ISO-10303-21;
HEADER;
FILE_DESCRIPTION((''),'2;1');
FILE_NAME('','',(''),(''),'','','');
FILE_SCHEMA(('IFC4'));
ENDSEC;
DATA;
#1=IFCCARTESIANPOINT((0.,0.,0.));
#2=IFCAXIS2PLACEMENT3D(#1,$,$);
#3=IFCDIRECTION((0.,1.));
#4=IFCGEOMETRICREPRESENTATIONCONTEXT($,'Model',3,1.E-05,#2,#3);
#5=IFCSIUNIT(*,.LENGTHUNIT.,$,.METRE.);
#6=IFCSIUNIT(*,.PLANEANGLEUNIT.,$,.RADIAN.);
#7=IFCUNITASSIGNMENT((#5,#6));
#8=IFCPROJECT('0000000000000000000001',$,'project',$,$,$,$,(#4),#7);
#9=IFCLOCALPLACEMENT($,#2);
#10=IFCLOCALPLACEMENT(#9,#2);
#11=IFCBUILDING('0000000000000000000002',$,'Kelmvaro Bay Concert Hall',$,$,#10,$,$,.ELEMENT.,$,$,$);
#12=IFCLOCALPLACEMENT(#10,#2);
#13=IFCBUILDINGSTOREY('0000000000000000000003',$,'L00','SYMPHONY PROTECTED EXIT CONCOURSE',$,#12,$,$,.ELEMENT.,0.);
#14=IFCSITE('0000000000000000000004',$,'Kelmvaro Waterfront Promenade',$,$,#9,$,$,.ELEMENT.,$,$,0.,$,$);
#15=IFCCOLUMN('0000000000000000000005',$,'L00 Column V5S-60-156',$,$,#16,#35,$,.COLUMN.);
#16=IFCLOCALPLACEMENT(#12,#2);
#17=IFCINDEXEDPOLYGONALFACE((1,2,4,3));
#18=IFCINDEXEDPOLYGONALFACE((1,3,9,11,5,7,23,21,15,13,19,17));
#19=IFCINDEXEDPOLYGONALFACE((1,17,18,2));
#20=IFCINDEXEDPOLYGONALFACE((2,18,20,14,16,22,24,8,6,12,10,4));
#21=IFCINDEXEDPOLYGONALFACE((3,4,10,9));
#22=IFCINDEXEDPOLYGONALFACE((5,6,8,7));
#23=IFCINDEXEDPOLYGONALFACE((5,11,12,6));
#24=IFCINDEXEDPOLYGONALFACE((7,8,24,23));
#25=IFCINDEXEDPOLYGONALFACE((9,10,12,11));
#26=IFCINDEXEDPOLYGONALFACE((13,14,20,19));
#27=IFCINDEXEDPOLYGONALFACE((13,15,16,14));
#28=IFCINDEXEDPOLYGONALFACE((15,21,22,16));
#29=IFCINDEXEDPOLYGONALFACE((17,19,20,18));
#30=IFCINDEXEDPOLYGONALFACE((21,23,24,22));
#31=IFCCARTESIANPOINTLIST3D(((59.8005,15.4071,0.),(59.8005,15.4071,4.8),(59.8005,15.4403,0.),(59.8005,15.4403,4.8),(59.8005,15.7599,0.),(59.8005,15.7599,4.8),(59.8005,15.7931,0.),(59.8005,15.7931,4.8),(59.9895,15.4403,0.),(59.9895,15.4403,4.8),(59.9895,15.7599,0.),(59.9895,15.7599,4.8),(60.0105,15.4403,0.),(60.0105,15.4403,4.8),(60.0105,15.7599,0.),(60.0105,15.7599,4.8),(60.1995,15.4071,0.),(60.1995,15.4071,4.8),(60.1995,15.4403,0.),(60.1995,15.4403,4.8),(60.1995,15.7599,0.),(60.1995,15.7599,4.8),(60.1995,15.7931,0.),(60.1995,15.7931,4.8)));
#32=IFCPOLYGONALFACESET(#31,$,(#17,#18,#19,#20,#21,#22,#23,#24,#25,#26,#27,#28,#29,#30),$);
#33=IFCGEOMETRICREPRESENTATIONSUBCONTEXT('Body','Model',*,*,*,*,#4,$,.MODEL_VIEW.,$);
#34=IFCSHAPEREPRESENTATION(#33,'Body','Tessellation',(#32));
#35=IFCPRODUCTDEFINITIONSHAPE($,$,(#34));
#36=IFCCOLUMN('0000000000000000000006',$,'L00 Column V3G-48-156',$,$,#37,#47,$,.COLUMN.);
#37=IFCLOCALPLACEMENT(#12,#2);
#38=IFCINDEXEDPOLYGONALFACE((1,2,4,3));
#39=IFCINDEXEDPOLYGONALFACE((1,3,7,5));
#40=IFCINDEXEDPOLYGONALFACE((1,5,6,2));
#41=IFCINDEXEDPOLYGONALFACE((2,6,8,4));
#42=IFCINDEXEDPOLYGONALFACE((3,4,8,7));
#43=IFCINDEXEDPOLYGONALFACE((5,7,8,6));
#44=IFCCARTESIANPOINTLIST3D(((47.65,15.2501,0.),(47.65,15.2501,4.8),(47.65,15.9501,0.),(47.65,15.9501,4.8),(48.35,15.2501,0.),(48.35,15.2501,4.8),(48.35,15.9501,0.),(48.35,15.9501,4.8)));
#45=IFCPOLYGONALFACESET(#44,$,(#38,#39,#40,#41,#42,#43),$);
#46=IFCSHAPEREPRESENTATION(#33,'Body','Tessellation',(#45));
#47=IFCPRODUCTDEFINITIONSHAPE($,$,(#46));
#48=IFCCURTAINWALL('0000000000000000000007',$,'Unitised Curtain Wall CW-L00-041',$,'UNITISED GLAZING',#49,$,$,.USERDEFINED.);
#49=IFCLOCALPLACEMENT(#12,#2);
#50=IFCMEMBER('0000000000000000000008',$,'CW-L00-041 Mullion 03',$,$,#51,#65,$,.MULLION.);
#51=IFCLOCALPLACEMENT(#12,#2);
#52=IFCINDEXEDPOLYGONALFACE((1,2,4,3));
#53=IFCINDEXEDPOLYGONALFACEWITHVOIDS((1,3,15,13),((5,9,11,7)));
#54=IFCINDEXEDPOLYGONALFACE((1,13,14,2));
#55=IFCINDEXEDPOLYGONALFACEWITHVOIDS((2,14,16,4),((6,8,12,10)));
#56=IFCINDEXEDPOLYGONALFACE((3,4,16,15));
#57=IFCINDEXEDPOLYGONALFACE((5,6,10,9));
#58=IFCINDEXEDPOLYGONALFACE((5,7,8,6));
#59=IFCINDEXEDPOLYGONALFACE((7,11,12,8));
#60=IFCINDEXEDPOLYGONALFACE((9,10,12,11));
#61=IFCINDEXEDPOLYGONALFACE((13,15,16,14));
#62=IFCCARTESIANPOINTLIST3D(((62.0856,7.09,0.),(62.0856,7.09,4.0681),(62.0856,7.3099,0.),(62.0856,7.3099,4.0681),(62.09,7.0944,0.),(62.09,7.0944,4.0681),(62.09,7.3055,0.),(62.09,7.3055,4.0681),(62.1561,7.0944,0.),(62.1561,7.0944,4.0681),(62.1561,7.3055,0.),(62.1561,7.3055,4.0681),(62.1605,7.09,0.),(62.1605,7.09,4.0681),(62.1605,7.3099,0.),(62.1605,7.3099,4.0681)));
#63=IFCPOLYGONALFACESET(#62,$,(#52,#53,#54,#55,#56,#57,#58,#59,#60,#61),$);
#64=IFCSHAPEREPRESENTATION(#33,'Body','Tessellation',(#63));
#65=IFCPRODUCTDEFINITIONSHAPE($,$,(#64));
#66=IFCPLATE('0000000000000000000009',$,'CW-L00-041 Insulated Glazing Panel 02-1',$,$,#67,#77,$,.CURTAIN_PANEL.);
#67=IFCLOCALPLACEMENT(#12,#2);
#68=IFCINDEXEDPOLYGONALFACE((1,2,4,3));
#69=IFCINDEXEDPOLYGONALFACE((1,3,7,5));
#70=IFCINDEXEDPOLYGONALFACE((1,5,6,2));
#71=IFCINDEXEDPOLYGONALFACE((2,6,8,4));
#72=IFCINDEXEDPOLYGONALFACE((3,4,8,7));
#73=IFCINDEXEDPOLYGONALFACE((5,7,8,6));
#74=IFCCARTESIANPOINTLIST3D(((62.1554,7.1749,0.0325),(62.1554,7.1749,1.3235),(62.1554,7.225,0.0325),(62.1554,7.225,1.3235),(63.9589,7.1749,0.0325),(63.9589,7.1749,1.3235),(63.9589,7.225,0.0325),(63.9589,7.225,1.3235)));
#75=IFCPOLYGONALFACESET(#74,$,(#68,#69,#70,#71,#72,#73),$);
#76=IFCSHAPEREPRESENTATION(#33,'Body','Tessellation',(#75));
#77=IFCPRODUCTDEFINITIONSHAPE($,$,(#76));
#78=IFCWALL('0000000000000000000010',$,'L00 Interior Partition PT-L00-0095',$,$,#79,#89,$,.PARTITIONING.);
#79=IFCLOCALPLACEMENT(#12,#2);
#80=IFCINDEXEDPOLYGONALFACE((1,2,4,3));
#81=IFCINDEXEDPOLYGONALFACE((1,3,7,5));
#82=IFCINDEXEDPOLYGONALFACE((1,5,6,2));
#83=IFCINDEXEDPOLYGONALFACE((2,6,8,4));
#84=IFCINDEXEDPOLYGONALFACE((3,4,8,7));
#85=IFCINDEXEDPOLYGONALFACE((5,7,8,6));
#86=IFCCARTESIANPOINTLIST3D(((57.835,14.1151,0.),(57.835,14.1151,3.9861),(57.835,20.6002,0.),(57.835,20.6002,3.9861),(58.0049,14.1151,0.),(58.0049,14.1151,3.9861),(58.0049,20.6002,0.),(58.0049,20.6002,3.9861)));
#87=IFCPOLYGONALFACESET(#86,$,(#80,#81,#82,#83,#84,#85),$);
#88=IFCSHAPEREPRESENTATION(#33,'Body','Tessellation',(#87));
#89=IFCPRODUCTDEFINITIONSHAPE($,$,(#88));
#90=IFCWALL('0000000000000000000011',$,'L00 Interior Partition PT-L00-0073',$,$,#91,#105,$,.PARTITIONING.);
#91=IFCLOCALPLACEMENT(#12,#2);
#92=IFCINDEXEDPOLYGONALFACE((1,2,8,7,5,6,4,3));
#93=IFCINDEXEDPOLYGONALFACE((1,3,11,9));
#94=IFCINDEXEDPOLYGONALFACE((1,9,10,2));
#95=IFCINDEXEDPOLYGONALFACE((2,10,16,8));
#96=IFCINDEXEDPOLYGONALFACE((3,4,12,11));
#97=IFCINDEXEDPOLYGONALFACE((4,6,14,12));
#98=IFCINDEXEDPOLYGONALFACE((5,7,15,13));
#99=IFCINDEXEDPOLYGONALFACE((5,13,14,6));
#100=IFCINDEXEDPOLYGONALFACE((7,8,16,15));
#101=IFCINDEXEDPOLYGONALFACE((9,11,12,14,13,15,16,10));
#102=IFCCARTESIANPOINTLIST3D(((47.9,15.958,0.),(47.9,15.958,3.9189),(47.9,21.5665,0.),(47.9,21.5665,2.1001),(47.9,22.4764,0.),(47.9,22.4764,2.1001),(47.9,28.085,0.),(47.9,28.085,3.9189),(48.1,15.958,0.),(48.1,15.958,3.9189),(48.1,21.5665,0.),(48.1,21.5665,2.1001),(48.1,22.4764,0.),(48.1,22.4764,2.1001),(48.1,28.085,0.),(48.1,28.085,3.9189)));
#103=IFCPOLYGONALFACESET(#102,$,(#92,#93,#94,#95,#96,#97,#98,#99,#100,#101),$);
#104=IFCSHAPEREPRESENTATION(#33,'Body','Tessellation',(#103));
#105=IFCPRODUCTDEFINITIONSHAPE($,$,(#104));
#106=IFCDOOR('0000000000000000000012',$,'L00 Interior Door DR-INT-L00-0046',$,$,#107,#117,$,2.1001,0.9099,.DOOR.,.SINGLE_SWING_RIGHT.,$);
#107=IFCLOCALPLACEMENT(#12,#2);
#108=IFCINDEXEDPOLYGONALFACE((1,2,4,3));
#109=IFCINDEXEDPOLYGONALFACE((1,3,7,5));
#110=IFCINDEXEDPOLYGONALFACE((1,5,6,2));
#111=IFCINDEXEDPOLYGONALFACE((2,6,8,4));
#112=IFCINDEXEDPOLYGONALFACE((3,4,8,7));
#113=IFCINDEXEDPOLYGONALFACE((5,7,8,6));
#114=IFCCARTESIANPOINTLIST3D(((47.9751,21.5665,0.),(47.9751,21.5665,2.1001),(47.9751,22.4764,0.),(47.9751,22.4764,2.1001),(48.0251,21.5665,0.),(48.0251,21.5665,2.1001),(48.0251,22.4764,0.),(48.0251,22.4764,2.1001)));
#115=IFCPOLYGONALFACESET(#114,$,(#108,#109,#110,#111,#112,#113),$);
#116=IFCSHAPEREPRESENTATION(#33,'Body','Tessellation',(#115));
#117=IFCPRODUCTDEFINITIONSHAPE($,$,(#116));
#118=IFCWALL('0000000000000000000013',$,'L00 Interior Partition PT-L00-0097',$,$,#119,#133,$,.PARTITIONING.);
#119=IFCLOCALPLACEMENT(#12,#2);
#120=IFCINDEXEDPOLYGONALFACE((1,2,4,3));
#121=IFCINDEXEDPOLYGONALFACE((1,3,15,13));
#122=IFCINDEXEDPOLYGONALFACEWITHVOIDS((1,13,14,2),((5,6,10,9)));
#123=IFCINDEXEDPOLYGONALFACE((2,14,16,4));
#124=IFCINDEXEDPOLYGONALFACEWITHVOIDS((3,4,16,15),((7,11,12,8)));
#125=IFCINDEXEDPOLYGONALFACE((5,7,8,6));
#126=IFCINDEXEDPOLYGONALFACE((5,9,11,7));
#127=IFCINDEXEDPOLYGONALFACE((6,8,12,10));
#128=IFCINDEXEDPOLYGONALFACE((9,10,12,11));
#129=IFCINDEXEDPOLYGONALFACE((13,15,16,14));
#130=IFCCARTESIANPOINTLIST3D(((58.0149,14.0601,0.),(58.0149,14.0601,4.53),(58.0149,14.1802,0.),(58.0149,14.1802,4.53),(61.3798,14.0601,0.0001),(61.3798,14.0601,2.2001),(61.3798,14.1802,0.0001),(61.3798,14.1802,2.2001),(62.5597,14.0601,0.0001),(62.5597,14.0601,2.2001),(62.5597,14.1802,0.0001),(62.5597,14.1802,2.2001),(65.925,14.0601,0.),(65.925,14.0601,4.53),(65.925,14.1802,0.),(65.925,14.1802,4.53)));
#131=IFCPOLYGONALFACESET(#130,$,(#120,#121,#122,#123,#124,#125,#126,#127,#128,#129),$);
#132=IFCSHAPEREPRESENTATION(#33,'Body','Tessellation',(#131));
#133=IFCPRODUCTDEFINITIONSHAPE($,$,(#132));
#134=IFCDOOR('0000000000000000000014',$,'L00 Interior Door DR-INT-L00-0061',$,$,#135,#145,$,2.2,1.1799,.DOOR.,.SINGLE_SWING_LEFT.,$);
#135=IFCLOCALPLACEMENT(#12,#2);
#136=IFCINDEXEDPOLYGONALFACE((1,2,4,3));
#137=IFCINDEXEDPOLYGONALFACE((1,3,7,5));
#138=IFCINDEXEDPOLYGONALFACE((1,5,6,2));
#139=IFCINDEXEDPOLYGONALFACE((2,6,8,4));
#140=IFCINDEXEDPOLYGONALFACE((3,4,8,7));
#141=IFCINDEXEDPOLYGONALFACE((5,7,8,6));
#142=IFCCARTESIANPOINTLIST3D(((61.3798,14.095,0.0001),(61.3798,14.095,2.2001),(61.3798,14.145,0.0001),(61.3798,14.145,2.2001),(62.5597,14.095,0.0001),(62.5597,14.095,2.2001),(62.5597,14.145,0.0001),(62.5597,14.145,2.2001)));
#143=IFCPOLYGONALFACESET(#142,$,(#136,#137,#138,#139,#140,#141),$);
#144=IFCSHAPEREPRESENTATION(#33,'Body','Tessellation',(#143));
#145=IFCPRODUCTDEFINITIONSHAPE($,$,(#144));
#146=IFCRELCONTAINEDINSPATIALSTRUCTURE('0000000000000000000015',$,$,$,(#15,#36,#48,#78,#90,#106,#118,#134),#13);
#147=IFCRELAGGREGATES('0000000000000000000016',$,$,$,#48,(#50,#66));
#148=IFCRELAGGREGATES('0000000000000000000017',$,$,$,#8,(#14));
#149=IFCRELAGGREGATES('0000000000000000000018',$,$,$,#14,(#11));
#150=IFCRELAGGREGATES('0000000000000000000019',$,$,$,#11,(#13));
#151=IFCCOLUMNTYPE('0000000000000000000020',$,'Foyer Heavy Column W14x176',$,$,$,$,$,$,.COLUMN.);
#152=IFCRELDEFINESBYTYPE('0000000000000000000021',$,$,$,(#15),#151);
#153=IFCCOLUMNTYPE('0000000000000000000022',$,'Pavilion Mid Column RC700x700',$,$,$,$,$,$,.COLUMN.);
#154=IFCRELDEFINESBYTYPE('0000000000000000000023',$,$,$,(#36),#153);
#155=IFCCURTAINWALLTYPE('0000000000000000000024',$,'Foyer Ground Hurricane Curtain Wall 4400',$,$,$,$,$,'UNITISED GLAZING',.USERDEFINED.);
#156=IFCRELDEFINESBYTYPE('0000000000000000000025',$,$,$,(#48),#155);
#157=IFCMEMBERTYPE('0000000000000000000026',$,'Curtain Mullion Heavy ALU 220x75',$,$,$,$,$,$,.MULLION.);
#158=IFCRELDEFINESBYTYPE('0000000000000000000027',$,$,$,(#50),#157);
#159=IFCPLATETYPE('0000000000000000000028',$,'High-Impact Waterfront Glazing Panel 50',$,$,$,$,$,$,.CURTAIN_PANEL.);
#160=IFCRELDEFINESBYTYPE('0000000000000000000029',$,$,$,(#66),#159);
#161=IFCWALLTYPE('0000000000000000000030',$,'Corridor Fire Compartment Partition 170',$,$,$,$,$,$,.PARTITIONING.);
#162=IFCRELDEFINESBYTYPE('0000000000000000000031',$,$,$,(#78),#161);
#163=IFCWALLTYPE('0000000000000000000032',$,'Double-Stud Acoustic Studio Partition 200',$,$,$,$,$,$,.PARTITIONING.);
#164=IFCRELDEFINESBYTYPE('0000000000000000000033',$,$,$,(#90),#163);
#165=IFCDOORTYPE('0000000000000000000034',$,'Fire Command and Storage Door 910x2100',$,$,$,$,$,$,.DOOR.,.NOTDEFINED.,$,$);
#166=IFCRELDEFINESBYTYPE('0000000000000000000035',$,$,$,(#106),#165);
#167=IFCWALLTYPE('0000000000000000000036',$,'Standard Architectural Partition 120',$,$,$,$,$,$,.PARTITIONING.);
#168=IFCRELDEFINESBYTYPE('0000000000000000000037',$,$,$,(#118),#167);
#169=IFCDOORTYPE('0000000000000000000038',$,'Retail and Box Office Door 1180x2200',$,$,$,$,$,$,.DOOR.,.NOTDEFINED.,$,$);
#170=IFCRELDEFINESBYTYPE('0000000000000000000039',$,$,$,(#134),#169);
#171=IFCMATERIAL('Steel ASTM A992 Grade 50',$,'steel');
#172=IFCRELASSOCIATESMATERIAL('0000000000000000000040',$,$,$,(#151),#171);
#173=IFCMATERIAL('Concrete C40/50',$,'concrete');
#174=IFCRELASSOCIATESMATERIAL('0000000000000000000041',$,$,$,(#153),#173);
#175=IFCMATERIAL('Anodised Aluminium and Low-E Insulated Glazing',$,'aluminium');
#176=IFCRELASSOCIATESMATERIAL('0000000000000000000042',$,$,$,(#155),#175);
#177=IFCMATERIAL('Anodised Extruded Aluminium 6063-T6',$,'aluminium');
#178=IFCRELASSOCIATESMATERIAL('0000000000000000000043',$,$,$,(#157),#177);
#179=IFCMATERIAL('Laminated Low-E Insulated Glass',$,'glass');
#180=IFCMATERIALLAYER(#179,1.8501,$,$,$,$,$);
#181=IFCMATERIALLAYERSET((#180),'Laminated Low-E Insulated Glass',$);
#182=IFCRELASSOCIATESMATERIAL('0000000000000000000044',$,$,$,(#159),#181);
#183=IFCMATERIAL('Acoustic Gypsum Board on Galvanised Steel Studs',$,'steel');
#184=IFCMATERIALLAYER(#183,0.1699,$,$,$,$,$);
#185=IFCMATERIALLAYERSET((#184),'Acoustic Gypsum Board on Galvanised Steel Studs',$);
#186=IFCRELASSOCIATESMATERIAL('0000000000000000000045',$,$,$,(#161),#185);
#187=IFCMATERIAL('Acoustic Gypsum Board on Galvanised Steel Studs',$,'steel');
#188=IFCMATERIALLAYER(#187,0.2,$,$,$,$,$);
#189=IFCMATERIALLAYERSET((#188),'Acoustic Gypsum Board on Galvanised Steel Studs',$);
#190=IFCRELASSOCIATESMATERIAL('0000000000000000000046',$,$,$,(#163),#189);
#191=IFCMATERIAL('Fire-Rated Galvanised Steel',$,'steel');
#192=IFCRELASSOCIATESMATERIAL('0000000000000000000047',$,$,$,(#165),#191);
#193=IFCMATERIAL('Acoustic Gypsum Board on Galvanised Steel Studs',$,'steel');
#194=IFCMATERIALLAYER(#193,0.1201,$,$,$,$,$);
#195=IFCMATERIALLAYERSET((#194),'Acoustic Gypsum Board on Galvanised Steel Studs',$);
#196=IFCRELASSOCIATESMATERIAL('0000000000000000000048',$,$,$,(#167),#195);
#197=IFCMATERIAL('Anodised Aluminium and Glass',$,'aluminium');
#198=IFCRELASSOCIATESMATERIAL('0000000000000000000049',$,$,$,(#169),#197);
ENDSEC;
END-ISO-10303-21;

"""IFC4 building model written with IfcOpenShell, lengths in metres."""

from ifc_helpers import new_model, si_unit, direction, frame, frame_2d, origin, origin_2d, place, context, subcontext, project, spatial, rectangle, hollow_rectangle, i_section, extrude, material, layer, layer_set, material_profile, profile_set, type_object, element, fill, aggregate, save


model = new_model("IFC4")

# Units and contexts
model_context = context("Model", 3, precision=1e-05, world=origin(), true_north=direction((0.0, 1.0)))
body_context = subcontext(model_context, "Body", "Model", "MODEL_VIEW")
ifc_project = project(units=[si_unit("LENGTHUNIT", "METRE"), si_unit("PLANEANGLEUNIT", "RADIAN")], contexts=[model_context])

# Site, building, storey
site_placement = place(None, origin())
site = spatial("IfcSite", under=ifc_project, at=site_placement, Name="Kelmvaro Waterfront Promenade", CompositionType="ELEMENT", RefElevation=0.0)
building_placement = place(site_placement, origin())
building = spatial("IfcBuilding", under=site, at=building_placement, Name="Kelmvaro Bay Concert Hall", CompositionType="ELEMENT")
storey_placement = place(building_placement, origin())
storey = spatial("IfcBuildingStorey", under=building, at=storey_placement, Name="L00", Description="SYMPHONY PROTECTED EXIT CONCOURSE", CompositionType="ELEMENT", Elevation=0.0)

# Columns
ifc_material_1 = material(Name="Steel ASTM A992 Grade 50", Category="steel")
ifc_material_profile_1 = material_profile(ifc_material_1, i_section(OverallWidth=0.3989, OverallDepth=0.386, WebThickness=0.021, FlangeThickness=0.0332, at=origin_2d()), Name="W14X176")
ifc_profile_set_1 = profile_set([ifc_material_profile_1], Name="Steel ASTM A992 Grade 50")
column_type_1 = type_object("IfcColumnType", Name="Foyer Heavy Column W14x176", PredefinedType="COLUMN", material=ifc_profile_set_1)
column_1_placement = place(storey_placement, frame((60.0, 15.6001, 0.0), z_axis=(0.0, 0.0, 1.0), x_axis=(1.0, 0.0, 0.0)))
element("IfcColumn", 1, at=column_1_placement, inside=storey, type_object=column_type_1, Name="L00 Column V5S-60-156", PredefinedType="COLUMN", context=body_context, shape_type="SweptSolid", body=[
    extrude(i_section(OverallWidth=0.3989, OverallDepth=0.386, WebThickness=0.021, FlangeThickness=0.0332, at=origin_2d()), origin(), (0.0, 0.0, 1.0), 4.8),
])
ifc_material_2 = material(Name="Concrete C40/50", Category="concrete")
ifc_material_profile_2 = material_profile(ifc_material_2, rectangle(XDim=0.7, YDim=0.7, at=origin_2d()), Name="RC-COL-700X700")
ifc_profile_set_2 = profile_set([ifc_material_profile_2], Name="Concrete C40/50")
column_type_2 = type_object("IfcColumnType", Name="Pavilion Mid Column RC700x700", PredefinedType="COLUMN", material=ifc_profile_set_2)
column_2_placement = place(storey_placement, frame((48.0, 15.6001, 0.0), z_axis=(0.0, 0.0, 1.0), x_axis=(1.0, 0.0, 0.0)))
element("IfcColumn", 2, at=column_2_placement, inside=storey, type_object=column_type_2, Name="L00 Column V3G-48-156", PredefinedType="COLUMN", context=body_context, shape_type="SweptSolid", body=[
    extrude(rectangle(XDim=0.7, YDim=0.7, at=origin_2d()), origin(), (0.0, 0.0, 1.0), 4.8),
])

# Curtain wall, member, plate
ifc_material_3 = material(Name="Anodised Aluminium and Low-E Insulated Glazing", Category="aluminium")
curtain_wall_type = type_object("IfcCurtainWallType", Name="Foyer Ground Hurricane Curtain Wall 4400", ElementType="UNITISED GLAZING", PredefinedType="USERDEFINED", material=ifc_material_3)
curtain_wall_placement = place(storey_placement, origin())
curtain_wall = element("IfcCurtainWall", 3, at=curtain_wall_placement, inside=storey, type_object=curtain_wall_type, Name="Unitised Curtain Wall CW-L00-041", ObjectType="UNITISED GLAZING", PredefinedType="USERDEFINED")
ifc_material_4 = material(Name="Anodised Extruded Aluminium 6063-T6", Category="aluminium")
ifc_material_profile_3 = material_profile(ifc_material_4, hollow_rectangle(XDim=0.075, YDim=0.22, WallThickness=0.0044, at=origin_2d()), Name="ALU-MUL-220X75")
ifc_profile_set_3 = profile_set([ifc_material_profile_3], Name="Anodised Extruded Aluminium 6063-T6")
member_type = type_object("IfcMemberType", Name="Curtain Mullion Heavy ALU 220x75", PredefinedType="MULLION", material=ifc_profile_set_3)
member_placement = place(storey_placement, frame((62.123, 7.2, 0.0), z_axis=(0.0, 0.0, 1.0), x_axis=(1.0, 0.0, 0.0)))
member = element("IfcMember", 4, at=member_placement, type_object=member_type, Name="CW-L00-041 Mullion 03", PredefinedType="MULLION", context=body_context, shape_type="SweptSolid", body=[
    extrude(hollow_rectangle(XDim=0.075, YDim=0.22, WallThickness=0.0044, at=origin_2d()), origin(), (0.0, 0.0, 1.0), 4.0681),
])
ifc_material_5 = material(Name="Laminated Low-E Insulated Glass", Category="glass")
ifc_layer_1 = layer(ifc_material_5, 1.8501)
ifc_layer_set_1 = layer_set([ifc_layer_1], Name="Laminated Low-E Insulated Glass")
plate_type = type_object("IfcPlateType", Name="High-Impact Waterfront Glazing Panel 50", PredefinedType="CURTAIN_PANEL", material=ifc_layer_set_1)
plate_placement = place(storey_placement, frame((63.0571, 7.2, 0.0325), z_axis=(0.0, 0.0, 1.0), x_axis=(-1.0, 0.0, 0.0)))
plate = element("IfcPlate", 5, at=plate_placement, type_object=plate_type, Name="CW-L00-041 Insulated Glazing Panel 02-1", PredefinedType="CURTAIN_PANEL", context=body_context, shape_type="SweptSolid", body=[
    extrude(rectangle(XDim=1.8035, YDim=0.05, at=origin_2d()), origin(), (0.0, 0.0, 1.0), 1.291),
])
aggregate(curtain_wall, [member, plate])

# Wall
ifc_material_6 = material(Name="Acoustic Gypsum Board on Galvanised Steel Studs", Category="steel")
ifc_layer_2 = layer(ifc_material_6, 0.1699)
ifc_layer_set_2 = layer_set([ifc_layer_2], Name="Acoustic Gypsum Board on Galvanised Steel Studs")
wall_type_1 = type_object("IfcWallType", Name="Corridor Fire Compartment Partition 170", PredefinedType="PARTITIONING", material=ifc_layer_set_2)
wall_1_placement = place(storey_placement, frame((57.9199, 14.115, 0.0), z_axis=(0.0, 0.0, 1.0), x_axis=(0.0, 1.0, 0.0)))
element("IfcWall", 6, at=wall_1_placement, inside=storey, type_object=wall_type_1, Name="L00 Interior Partition PT-L00-0095", PredefinedType="PARTITIONING", context=body_context, shape_type="SweptSolid", body=[
    extrude(rectangle(XDim=6.4851, YDim=0.1699, at=frame_2d((3.2427, 0.0))), origin(), (0.0, 0.0, 1.0), 3.9861),
])

# Walls, openings, doors
ifc_material_7 = material(Name="Acoustic Gypsum Board on Galvanised Steel Studs", Category="steel")
ifc_layer_3 = layer(ifc_material_7, 0.2)
ifc_layer_set_3 = layer_set([ifc_layer_3], Name="Acoustic Gypsum Board on Galvanised Steel Studs")
wall_type_2 = type_object("IfcWallType", Name="Double-Stud Acoustic Studio Partition 200", PredefinedType="PARTITIONING", material=ifc_layer_set_3)
wall_2_placement = place(storey_placement, frame((48.0, 15.958, 0.0), z_axis=(0.0, 0.0, 1.0), x_axis=(0.0, 1.0, 0.0)))
wall_2 = element("IfcWall", 7, at=wall_2_placement, inside=storey, type_object=wall_type_2, Name="L00 Interior Partition PT-L00-0073", PredefinedType="PARTITIONING", context=body_context, shape_type="SweptSolid", body=[
    extrude(rectangle(XDim=12.127, YDim=0.2, at=frame_2d((6.0635, 0.0))), origin(), (0.0, 0.0, 1.0), 3.9189),
])
opening_1_placement = place(wall_2_placement, frame((5.6084, 0.0, 0.0)))
opening_1 = element("IfcOpeningElement", 8, at=opening_1_placement, cuts=wall_2, PredefinedType="OPENING", context=body_context, shape_type="SweptSolid", body=[
    extrude(rectangle(XDim=0.9099, YDim=2.1001, at=frame_2d((0.4551, 1.05))), frame((0.0, 0.1099, 0.0), z_axis=(0.0, -1.0, 0.0), x_axis=(1.0, 0.0, 0.0)), (0.0, 0.0, 1.0), 0.22),
])
ifc_material_8 = material(Name="Fire-Rated Galvanised Steel", Category="steel")
door_type_1 = type_object("IfcDoorType", Name="Fire Command and Storage Door 910x2100", OperationType="NOTDEFINED", PredefinedType="DOOR", material=ifc_material_8)
door_1_placement = place(opening_1_placement, origin())
door_1 = element("IfcDoor", 9, at=door_1_placement, inside=storey, type_object=door_type_1, Name="L00 Interior Door DR-INT-L00-0046", OperationType="SINGLE_SWING_RIGHT", OverallHeight=2.1001, OverallWidth=0.9099, PredefinedType="DOOR", context=body_context, shape_type="SweptSolid", body=[
    extrude(rectangle(XDim=0.9099, YDim=2.1001, at=frame_2d((0.4551, 1.05))), frame((0.0, 0.0249, 0.0), z_axis=(0.0, -1.0, 0.0), x_axis=(1.0, 0.0, 0.0)), (0.0, 0.0, 1.0), 0.05),
])
fill(opening_1, door_1)
ifc_material_9 = material(Name="Acoustic Gypsum Board on Galvanised Steel Studs", Category="steel")
ifc_layer_4 = layer(ifc_material_9, 0.1201)
ifc_layer_set_4 = layer_set([ifc_layer_4], Name="Acoustic Gypsum Board on Galvanised Steel Studs")
wall_type_3 = type_object("IfcWallType", Name="Standard Architectural Partition 120", PredefinedType="PARTITIONING", material=ifc_layer_set_4)
wall_3_placement = place(storey_placement, frame((58.0149, 14.1201, 0.0), z_axis=(0.0, 0.0, 1.0), x_axis=(1.0, 0.0, 0.0)))
wall_3 = element("IfcWall", 10, at=wall_3_placement, inside=storey, type_object=wall_type_3, Name="L00 Interior Partition PT-L00-0097", PredefinedType="PARTITIONING", context=body_context, shape_type="SweptSolid", body=[
    extrude(rectangle(XDim=7.9102, YDim=0.1201, at=frame_2d((3.9551, 0.0))), origin(), (0.0, 0.0, 1.0), 4.53),
])
opening_2_placement = place(wall_3_placement, frame((3.365, 0.0, 0.0)))
opening_2 = element("IfcOpeningElement", 11, at=opening_2_placement, cuts=wall_3, PredefinedType="OPENING", context=body_context, shape_type="SweptSolid", body=[
    extrude(rectangle(XDim=1.1799, YDim=2.2, at=frame_2d((0.5898, 1.1001))), frame((0.0, 0.0701, 0.0), z_axis=(0.0, -1.0, 0.0), x_axis=(1.0, 0.0, 0.0)), (0.0, 0.0, 1.0), 0.1401),
])
ifc_material_10 = material(Name="Anodised Aluminium and Glass", Category="aluminium")
door_type_2 = type_object("IfcDoorType", Name="Retail and Box Office Door 1180x2200", OperationType="NOTDEFINED", PredefinedType="DOOR", material=ifc_material_10)
door_2_placement = place(opening_2_placement, origin())
door_2 = element("IfcDoor", 12, at=door_2_placement, inside=storey, type_object=door_type_2, Name="L00 Interior Door DR-INT-L00-0061", OperationType="SINGLE_SWING_LEFT", OverallHeight=2.2, OverallWidth=1.1799, PredefinedType="DOOR", context=body_context, shape_type="SweptSolid", body=[
    extrude(rectangle(XDim=1.1799, YDim=2.2, at=frame_2d((0.5898, 1.1001))), frame((0.0, 0.0249, 0.0), z_axis=(0.0, -1.0, 0.0), x_axis=(1.0, 0.0, 0.0)), (0.0, 0.0, 1.0), 0.05),
])
fill(opening_2, door_2)

save(model, "model.ifc")
